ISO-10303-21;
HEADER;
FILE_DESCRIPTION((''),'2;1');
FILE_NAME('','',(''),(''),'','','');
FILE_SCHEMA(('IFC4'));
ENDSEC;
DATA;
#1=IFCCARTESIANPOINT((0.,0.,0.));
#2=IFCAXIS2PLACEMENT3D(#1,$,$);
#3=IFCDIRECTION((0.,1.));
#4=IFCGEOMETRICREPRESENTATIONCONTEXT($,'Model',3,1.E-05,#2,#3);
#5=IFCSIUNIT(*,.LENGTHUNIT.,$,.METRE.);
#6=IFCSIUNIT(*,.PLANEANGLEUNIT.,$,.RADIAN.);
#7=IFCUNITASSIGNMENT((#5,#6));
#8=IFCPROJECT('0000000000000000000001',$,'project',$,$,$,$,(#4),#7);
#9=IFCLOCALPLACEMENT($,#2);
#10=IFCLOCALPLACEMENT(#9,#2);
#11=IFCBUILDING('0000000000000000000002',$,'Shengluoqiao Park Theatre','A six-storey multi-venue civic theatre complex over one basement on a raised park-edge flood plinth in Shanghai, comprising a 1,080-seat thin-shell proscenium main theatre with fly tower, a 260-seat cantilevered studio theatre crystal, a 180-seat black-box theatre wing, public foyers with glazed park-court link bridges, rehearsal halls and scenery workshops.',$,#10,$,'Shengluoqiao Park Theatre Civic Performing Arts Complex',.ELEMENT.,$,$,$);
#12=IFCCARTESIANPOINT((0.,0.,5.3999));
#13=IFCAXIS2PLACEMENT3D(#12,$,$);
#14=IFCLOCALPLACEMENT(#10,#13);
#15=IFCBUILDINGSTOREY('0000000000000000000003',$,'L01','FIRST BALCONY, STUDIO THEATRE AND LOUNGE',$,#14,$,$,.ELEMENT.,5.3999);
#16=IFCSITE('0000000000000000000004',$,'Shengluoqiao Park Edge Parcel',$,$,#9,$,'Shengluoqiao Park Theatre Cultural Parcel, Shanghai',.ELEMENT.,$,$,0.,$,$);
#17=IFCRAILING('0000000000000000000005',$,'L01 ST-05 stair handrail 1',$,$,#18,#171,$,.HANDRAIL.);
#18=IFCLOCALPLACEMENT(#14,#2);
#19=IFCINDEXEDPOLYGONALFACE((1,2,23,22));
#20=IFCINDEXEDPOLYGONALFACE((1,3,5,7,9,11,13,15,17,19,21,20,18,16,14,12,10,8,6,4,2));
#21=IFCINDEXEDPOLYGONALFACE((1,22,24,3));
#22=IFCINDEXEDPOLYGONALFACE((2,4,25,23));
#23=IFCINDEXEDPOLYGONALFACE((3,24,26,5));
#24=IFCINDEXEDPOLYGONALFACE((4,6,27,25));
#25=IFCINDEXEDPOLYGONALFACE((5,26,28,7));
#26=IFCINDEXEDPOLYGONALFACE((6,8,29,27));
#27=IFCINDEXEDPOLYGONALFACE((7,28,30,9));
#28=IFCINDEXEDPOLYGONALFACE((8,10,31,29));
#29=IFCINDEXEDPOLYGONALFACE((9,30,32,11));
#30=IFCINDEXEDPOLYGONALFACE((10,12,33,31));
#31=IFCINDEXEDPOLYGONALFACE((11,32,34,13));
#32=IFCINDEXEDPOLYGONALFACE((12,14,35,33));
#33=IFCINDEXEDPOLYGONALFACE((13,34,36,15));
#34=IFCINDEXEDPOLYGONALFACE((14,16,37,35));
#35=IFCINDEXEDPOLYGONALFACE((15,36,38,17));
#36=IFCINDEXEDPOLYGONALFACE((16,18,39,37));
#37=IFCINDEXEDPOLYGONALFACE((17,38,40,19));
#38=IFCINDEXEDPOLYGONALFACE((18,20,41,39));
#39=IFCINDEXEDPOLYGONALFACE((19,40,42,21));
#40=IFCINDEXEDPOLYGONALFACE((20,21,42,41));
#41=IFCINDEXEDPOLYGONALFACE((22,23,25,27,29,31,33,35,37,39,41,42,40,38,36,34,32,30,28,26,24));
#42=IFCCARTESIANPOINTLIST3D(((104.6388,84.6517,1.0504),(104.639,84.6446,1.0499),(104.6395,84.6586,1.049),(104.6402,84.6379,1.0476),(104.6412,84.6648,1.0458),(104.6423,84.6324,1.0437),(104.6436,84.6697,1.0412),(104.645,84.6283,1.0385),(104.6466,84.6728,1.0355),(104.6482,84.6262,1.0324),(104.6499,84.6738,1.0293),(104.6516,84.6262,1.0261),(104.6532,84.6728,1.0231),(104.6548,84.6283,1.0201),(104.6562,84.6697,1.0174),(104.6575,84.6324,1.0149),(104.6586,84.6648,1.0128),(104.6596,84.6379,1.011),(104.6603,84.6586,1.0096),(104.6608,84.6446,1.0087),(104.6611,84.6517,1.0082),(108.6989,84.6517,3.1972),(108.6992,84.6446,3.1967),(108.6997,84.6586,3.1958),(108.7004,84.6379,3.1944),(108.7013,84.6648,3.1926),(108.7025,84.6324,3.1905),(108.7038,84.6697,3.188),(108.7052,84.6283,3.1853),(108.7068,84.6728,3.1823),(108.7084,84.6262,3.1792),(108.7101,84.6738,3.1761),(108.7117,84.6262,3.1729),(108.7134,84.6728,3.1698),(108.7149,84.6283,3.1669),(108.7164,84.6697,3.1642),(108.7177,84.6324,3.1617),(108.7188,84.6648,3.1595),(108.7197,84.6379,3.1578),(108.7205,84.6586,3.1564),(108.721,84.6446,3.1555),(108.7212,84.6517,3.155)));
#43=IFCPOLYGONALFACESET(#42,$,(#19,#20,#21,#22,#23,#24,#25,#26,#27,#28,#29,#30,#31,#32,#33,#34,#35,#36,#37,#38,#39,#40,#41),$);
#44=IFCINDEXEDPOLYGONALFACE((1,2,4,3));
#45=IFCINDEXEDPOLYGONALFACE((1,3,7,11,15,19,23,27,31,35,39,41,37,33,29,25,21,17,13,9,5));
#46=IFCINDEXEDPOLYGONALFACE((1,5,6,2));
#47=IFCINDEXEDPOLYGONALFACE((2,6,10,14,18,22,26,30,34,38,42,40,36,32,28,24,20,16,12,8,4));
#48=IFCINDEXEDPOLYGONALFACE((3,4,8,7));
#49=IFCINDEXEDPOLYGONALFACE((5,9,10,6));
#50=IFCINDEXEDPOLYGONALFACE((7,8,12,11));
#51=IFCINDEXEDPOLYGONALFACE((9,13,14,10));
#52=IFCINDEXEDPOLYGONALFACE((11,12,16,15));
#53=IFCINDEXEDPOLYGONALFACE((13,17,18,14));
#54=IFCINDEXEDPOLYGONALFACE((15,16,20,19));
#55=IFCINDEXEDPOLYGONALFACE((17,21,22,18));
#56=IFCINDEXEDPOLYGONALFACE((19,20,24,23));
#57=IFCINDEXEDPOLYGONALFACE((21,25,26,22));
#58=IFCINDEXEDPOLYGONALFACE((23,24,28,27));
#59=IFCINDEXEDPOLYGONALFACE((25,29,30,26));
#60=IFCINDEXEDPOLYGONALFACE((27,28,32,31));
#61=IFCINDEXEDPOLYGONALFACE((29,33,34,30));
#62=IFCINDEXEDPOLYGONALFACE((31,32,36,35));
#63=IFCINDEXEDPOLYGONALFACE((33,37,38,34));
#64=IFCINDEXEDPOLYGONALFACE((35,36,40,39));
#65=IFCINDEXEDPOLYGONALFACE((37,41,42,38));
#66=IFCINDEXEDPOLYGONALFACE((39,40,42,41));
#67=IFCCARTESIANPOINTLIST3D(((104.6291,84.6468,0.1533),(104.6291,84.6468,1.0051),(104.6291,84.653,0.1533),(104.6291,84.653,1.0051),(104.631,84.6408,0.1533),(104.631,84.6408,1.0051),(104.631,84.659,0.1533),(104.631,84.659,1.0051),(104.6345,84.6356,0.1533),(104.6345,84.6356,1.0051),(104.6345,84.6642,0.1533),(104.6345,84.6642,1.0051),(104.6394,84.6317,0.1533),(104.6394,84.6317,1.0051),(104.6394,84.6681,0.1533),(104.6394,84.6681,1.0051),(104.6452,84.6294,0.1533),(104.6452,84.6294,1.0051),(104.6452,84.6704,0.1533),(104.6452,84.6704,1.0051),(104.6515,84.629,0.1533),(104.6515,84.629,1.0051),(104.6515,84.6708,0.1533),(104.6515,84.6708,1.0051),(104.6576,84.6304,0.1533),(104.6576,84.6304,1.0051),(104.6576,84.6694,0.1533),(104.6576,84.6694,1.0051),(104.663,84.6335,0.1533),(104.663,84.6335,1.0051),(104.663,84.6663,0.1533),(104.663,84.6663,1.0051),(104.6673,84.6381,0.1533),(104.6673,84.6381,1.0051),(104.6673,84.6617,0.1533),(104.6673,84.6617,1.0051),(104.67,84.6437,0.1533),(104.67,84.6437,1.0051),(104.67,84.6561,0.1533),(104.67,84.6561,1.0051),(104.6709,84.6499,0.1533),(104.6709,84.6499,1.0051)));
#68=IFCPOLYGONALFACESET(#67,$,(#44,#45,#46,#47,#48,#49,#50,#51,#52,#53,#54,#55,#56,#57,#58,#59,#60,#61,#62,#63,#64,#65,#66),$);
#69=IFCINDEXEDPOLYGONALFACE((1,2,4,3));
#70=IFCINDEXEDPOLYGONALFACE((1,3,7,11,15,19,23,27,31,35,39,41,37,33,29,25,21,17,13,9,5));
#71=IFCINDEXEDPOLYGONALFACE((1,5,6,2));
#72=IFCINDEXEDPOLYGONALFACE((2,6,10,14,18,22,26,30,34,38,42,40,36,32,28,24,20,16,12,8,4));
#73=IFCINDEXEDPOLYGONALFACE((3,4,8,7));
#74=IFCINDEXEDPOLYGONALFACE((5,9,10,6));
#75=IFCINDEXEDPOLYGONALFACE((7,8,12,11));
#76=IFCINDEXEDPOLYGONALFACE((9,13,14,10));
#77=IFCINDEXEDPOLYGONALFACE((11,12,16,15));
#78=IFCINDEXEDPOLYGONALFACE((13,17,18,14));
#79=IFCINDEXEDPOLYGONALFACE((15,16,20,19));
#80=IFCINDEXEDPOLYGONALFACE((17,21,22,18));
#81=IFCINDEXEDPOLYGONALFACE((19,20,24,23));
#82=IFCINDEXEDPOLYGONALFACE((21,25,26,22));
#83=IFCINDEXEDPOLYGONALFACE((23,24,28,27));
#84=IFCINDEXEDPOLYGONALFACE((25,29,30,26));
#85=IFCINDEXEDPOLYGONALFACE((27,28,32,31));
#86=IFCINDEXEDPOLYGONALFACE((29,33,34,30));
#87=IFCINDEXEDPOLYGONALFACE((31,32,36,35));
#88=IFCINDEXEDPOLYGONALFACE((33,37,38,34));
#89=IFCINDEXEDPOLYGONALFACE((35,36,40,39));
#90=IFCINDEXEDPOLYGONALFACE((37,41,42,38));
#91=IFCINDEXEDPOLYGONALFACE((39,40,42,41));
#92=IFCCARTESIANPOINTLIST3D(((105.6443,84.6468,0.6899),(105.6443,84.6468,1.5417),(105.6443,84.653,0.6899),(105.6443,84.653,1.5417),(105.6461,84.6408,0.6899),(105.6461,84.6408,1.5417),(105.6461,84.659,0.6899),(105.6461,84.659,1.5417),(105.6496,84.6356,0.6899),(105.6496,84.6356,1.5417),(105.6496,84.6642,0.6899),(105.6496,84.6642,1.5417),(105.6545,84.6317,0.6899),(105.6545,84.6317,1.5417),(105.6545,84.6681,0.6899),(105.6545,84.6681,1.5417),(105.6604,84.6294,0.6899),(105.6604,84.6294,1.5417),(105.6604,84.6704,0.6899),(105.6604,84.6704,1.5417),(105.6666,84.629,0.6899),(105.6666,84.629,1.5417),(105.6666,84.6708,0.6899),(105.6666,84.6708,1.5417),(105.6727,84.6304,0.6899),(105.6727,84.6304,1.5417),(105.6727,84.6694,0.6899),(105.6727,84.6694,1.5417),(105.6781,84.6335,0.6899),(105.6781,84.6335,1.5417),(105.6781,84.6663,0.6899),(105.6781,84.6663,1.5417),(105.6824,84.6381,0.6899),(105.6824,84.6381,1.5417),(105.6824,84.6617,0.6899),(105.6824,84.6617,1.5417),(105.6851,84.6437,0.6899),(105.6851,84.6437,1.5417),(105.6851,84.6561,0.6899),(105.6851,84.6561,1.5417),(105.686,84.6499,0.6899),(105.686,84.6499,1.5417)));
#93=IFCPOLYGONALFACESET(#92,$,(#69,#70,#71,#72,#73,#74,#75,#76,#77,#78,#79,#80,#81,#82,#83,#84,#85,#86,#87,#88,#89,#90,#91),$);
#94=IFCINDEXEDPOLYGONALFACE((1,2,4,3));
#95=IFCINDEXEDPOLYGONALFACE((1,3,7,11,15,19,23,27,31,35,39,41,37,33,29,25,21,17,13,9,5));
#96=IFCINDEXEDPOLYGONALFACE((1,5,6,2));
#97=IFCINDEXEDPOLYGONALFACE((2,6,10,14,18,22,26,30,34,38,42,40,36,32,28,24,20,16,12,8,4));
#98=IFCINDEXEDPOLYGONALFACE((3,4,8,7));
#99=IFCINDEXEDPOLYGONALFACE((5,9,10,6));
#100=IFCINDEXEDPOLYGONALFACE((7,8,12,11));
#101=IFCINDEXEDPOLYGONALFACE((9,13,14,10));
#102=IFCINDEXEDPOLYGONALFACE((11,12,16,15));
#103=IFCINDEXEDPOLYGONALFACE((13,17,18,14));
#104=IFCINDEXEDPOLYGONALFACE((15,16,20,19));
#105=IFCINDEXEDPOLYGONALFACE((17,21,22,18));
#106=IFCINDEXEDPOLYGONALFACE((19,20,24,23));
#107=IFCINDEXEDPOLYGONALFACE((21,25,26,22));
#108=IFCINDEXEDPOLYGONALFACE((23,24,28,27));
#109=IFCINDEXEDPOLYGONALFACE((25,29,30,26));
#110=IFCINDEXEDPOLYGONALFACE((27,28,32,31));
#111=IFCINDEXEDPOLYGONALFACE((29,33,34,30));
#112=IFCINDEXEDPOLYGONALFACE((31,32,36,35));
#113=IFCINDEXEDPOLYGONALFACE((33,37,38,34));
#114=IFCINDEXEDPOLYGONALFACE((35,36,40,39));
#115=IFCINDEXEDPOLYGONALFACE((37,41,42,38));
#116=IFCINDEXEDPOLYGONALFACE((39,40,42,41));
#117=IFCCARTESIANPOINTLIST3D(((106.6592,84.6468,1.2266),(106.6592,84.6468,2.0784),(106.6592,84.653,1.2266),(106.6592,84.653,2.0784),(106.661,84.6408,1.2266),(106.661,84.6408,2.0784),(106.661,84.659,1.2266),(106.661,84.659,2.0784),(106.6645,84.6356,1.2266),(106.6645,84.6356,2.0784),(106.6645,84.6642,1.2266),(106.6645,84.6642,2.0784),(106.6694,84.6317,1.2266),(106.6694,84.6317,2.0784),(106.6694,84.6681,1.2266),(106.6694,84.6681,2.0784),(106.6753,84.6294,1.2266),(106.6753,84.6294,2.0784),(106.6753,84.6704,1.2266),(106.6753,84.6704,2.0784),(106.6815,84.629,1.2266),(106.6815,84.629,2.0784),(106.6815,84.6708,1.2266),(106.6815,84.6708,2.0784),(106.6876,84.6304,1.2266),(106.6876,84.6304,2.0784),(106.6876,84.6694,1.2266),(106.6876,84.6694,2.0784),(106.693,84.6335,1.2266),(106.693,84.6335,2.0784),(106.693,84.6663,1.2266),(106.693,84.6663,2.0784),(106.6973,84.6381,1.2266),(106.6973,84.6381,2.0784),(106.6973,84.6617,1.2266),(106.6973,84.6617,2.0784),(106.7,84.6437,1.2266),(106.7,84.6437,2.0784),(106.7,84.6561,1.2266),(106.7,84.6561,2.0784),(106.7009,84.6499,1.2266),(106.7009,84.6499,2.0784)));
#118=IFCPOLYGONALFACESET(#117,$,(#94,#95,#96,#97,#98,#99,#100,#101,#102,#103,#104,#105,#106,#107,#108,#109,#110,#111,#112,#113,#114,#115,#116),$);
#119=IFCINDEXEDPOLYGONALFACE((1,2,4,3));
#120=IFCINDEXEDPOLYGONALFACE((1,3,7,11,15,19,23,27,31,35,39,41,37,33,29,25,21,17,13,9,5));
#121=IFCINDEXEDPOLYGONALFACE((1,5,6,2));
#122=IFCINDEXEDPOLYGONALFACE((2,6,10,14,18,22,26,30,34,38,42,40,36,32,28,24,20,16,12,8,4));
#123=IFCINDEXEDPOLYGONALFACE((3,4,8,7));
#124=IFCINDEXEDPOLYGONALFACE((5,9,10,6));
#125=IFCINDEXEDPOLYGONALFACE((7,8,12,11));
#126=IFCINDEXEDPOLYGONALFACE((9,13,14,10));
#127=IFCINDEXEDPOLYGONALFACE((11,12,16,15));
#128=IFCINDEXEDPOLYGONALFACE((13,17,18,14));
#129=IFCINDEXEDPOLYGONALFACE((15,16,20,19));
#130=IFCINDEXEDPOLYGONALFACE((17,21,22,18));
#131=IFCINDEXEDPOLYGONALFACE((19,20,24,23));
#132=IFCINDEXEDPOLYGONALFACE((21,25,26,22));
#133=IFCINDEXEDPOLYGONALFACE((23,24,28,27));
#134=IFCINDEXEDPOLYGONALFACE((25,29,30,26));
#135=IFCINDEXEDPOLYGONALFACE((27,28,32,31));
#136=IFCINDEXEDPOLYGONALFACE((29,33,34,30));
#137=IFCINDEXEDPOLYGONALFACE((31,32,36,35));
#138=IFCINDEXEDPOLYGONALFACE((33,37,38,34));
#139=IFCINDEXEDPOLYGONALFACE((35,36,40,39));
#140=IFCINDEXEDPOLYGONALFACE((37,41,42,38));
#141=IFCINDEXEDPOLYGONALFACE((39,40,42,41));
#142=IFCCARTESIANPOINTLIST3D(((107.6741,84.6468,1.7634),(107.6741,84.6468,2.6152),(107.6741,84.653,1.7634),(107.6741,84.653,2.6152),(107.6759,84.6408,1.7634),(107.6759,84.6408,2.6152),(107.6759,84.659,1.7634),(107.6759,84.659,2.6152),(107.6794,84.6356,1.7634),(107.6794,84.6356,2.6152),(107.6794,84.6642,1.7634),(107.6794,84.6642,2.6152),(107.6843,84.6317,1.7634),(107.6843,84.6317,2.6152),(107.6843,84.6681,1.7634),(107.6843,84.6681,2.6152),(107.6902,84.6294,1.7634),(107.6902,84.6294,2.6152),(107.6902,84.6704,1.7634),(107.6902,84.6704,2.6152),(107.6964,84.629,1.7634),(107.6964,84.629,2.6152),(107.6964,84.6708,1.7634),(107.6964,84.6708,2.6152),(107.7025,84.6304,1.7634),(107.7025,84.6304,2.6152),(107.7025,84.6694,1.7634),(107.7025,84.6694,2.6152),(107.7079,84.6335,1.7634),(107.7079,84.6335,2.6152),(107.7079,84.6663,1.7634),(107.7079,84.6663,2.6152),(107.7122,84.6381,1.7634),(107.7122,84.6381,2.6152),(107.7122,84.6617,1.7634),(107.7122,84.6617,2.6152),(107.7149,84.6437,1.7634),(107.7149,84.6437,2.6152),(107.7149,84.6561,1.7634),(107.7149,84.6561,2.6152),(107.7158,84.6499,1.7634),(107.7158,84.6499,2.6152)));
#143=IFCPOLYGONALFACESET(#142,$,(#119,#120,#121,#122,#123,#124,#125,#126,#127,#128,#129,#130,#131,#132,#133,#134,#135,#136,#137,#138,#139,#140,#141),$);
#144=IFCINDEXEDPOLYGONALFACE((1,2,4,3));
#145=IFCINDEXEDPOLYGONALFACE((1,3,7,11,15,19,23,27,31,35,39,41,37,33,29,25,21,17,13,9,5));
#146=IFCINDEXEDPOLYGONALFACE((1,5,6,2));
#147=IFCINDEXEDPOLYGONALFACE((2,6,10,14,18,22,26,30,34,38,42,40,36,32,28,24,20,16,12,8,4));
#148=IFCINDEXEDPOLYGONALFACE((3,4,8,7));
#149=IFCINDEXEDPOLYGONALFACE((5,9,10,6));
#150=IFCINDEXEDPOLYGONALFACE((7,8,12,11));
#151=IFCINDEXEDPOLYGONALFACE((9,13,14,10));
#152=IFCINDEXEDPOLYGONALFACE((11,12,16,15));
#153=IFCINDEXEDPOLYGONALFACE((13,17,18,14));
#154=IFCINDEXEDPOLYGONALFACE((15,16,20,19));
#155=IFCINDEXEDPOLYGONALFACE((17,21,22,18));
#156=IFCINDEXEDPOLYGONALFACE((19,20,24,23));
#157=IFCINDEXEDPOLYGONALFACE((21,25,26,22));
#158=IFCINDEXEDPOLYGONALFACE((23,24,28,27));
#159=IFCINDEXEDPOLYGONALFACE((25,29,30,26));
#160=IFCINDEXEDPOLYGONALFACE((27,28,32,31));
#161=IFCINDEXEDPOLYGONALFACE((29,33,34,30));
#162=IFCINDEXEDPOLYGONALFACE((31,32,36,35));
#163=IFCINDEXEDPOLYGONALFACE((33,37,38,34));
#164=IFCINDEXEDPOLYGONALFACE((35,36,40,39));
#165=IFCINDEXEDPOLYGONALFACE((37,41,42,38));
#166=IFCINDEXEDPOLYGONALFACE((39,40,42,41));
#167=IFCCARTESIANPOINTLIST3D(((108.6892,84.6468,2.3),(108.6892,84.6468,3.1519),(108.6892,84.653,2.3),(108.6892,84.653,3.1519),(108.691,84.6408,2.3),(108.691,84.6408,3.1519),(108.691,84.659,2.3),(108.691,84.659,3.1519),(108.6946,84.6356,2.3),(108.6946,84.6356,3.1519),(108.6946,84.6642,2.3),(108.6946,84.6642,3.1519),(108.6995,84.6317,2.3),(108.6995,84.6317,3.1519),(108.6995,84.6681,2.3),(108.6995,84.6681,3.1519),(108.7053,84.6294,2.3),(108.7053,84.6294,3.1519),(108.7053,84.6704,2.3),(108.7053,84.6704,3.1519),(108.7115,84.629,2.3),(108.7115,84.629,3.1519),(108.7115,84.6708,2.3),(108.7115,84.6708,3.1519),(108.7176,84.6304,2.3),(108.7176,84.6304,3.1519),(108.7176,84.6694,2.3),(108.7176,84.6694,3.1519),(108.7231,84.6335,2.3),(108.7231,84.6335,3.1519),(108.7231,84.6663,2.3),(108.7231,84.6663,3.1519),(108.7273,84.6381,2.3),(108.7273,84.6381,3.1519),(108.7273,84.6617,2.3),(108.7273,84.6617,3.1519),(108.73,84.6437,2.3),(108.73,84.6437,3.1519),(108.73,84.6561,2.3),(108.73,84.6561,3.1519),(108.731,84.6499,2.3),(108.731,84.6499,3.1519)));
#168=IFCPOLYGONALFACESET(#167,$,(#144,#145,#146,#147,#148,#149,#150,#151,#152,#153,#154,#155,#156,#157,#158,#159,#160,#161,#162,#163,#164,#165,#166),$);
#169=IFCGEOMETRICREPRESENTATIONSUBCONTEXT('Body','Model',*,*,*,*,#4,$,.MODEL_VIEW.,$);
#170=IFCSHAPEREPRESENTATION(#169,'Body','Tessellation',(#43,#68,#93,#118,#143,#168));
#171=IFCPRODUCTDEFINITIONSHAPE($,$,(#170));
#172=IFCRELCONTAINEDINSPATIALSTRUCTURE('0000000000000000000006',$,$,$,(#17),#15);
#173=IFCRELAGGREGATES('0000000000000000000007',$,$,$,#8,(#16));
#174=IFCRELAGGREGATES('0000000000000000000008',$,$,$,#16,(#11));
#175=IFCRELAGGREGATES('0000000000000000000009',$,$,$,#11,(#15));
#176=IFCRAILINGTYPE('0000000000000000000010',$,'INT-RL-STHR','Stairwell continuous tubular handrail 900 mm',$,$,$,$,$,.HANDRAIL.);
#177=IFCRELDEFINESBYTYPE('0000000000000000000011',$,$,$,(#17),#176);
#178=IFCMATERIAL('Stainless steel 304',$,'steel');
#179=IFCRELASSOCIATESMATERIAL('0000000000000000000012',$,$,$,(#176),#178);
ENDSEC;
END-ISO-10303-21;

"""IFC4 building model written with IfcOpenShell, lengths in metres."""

from ifc_helpers import new_model, si_unit, direction, frame, origin, origin_2d, place, context, subcontext, project, spatial, circle, extrude, material, type_object, element, save


model = new_model("IFC4")

# Units and contexts
model_context = context("Model", 3, precision=1e-05, world=origin(), true_north=direction((0.0, 1.0)))
body_context = subcontext(model_context, "Body", "Model", "MODEL_VIEW")
ifc_project = project(units=[si_unit("LENGTHUNIT", "METRE"), si_unit("PLANEANGLEUNIT", "RADIAN")], contexts=[model_context])

# Site, building, storey
site_placement = place(None, origin())
site = spatial("IfcSite", under=ifc_project, at=site_placement, Name="Shengluoqiao Park Edge Parcel", LongName="Shengluoqiao Park Theatre Cultural Parcel, Shanghai", CompositionType="ELEMENT", RefElevation=0.0)
building_placement = place(site_placement, origin())
building = spatial("IfcBuilding", under=site, at=building_placement, Name="Shengluoqiao Park Theatre", Description="A six-storey multi-venue civic theatre complex over one basement on a raised park-edge flood plinth in Shanghai, comprising a 1,080-seat thin-shell proscenium main theatre with fly tower, a 260-seat cantilevered studio theatre crystal, a 180-seat black-box theatre wing, public foyers with glazed park-court link bridges, rehearsal halls and scenery workshops.", LongName="Shengluoqiao Park Theatre Civic Performing Arts Complex", CompositionType="ELEMENT")
storey_placement = place(building_placement, frame((0.0, 0.0, 5.3999)))
storey = spatial("IfcBuildingStorey", under=building, at=storey_placement, Name="L01", Description="FIRST BALCONY, STUDIO THEATRE AND LOUNGE", CompositionType="ELEMENT", Elevation=5.3999)

# Shared definitions
ifc_material_1 = material(Name="Stainless steel 304", Category="steel")

# Railing
railing_type_1 = type_object("IfcRailingType", Name="INT-RL-STHR", Description="Stairwell continuous tubular handrail 900 mm", PredefinedType="HANDRAIL", material=ifc_material_1)
railing_1_placement = place(storey_placement, frame((104.6499, 84.6499, 0.1533)))
element("IfcRailing", 1, at=railing_1_placement, inside=storey, type_object=railing_type_1, Name="L01 ST-05 stair handrail 1", PredefinedType="HANDRAIL", context=body_context, shape_type="SweptSolid", body=[
    extrude(circle(Radius=0.0239, at=origin_2d()), frame((0.0, 0.0, 0.876), z_axis=(0.884032, 0.0, 0.467426), x_axis=(0.0, 1.0, 0.0)), (0.0, 0.0, 1.0), 4.5928),
    extrude(circle(Radius=0.021, at=origin_2d()), origin(), (0.0, 0.0, 1.0), 0.8518),
    extrude(circle(Radius=0.021, at=origin_2d()), frame((1.0151, 0.0, 0.5366)), (0.0, 0.0, 1.0), 0.8518),
    extrude(circle(Radius=0.021, at=origin_2d()), frame((2.03, 0.0, 1.0732)), (0.0, 0.0, 1.0), 0.8518),
    extrude(circle(Radius=0.021, at=origin_2d()), frame((3.0449, 0.0, 1.6101)), (0.0, 0.0, 1.0), 0.8518),
    extrude(circle(Radius=0.021, at=origin_2d()), frame((4.0601, 0.0, 2.1467)), (0.0, 0.0, 1.0), 0.8518),
])

save(model, "model.ifc")
